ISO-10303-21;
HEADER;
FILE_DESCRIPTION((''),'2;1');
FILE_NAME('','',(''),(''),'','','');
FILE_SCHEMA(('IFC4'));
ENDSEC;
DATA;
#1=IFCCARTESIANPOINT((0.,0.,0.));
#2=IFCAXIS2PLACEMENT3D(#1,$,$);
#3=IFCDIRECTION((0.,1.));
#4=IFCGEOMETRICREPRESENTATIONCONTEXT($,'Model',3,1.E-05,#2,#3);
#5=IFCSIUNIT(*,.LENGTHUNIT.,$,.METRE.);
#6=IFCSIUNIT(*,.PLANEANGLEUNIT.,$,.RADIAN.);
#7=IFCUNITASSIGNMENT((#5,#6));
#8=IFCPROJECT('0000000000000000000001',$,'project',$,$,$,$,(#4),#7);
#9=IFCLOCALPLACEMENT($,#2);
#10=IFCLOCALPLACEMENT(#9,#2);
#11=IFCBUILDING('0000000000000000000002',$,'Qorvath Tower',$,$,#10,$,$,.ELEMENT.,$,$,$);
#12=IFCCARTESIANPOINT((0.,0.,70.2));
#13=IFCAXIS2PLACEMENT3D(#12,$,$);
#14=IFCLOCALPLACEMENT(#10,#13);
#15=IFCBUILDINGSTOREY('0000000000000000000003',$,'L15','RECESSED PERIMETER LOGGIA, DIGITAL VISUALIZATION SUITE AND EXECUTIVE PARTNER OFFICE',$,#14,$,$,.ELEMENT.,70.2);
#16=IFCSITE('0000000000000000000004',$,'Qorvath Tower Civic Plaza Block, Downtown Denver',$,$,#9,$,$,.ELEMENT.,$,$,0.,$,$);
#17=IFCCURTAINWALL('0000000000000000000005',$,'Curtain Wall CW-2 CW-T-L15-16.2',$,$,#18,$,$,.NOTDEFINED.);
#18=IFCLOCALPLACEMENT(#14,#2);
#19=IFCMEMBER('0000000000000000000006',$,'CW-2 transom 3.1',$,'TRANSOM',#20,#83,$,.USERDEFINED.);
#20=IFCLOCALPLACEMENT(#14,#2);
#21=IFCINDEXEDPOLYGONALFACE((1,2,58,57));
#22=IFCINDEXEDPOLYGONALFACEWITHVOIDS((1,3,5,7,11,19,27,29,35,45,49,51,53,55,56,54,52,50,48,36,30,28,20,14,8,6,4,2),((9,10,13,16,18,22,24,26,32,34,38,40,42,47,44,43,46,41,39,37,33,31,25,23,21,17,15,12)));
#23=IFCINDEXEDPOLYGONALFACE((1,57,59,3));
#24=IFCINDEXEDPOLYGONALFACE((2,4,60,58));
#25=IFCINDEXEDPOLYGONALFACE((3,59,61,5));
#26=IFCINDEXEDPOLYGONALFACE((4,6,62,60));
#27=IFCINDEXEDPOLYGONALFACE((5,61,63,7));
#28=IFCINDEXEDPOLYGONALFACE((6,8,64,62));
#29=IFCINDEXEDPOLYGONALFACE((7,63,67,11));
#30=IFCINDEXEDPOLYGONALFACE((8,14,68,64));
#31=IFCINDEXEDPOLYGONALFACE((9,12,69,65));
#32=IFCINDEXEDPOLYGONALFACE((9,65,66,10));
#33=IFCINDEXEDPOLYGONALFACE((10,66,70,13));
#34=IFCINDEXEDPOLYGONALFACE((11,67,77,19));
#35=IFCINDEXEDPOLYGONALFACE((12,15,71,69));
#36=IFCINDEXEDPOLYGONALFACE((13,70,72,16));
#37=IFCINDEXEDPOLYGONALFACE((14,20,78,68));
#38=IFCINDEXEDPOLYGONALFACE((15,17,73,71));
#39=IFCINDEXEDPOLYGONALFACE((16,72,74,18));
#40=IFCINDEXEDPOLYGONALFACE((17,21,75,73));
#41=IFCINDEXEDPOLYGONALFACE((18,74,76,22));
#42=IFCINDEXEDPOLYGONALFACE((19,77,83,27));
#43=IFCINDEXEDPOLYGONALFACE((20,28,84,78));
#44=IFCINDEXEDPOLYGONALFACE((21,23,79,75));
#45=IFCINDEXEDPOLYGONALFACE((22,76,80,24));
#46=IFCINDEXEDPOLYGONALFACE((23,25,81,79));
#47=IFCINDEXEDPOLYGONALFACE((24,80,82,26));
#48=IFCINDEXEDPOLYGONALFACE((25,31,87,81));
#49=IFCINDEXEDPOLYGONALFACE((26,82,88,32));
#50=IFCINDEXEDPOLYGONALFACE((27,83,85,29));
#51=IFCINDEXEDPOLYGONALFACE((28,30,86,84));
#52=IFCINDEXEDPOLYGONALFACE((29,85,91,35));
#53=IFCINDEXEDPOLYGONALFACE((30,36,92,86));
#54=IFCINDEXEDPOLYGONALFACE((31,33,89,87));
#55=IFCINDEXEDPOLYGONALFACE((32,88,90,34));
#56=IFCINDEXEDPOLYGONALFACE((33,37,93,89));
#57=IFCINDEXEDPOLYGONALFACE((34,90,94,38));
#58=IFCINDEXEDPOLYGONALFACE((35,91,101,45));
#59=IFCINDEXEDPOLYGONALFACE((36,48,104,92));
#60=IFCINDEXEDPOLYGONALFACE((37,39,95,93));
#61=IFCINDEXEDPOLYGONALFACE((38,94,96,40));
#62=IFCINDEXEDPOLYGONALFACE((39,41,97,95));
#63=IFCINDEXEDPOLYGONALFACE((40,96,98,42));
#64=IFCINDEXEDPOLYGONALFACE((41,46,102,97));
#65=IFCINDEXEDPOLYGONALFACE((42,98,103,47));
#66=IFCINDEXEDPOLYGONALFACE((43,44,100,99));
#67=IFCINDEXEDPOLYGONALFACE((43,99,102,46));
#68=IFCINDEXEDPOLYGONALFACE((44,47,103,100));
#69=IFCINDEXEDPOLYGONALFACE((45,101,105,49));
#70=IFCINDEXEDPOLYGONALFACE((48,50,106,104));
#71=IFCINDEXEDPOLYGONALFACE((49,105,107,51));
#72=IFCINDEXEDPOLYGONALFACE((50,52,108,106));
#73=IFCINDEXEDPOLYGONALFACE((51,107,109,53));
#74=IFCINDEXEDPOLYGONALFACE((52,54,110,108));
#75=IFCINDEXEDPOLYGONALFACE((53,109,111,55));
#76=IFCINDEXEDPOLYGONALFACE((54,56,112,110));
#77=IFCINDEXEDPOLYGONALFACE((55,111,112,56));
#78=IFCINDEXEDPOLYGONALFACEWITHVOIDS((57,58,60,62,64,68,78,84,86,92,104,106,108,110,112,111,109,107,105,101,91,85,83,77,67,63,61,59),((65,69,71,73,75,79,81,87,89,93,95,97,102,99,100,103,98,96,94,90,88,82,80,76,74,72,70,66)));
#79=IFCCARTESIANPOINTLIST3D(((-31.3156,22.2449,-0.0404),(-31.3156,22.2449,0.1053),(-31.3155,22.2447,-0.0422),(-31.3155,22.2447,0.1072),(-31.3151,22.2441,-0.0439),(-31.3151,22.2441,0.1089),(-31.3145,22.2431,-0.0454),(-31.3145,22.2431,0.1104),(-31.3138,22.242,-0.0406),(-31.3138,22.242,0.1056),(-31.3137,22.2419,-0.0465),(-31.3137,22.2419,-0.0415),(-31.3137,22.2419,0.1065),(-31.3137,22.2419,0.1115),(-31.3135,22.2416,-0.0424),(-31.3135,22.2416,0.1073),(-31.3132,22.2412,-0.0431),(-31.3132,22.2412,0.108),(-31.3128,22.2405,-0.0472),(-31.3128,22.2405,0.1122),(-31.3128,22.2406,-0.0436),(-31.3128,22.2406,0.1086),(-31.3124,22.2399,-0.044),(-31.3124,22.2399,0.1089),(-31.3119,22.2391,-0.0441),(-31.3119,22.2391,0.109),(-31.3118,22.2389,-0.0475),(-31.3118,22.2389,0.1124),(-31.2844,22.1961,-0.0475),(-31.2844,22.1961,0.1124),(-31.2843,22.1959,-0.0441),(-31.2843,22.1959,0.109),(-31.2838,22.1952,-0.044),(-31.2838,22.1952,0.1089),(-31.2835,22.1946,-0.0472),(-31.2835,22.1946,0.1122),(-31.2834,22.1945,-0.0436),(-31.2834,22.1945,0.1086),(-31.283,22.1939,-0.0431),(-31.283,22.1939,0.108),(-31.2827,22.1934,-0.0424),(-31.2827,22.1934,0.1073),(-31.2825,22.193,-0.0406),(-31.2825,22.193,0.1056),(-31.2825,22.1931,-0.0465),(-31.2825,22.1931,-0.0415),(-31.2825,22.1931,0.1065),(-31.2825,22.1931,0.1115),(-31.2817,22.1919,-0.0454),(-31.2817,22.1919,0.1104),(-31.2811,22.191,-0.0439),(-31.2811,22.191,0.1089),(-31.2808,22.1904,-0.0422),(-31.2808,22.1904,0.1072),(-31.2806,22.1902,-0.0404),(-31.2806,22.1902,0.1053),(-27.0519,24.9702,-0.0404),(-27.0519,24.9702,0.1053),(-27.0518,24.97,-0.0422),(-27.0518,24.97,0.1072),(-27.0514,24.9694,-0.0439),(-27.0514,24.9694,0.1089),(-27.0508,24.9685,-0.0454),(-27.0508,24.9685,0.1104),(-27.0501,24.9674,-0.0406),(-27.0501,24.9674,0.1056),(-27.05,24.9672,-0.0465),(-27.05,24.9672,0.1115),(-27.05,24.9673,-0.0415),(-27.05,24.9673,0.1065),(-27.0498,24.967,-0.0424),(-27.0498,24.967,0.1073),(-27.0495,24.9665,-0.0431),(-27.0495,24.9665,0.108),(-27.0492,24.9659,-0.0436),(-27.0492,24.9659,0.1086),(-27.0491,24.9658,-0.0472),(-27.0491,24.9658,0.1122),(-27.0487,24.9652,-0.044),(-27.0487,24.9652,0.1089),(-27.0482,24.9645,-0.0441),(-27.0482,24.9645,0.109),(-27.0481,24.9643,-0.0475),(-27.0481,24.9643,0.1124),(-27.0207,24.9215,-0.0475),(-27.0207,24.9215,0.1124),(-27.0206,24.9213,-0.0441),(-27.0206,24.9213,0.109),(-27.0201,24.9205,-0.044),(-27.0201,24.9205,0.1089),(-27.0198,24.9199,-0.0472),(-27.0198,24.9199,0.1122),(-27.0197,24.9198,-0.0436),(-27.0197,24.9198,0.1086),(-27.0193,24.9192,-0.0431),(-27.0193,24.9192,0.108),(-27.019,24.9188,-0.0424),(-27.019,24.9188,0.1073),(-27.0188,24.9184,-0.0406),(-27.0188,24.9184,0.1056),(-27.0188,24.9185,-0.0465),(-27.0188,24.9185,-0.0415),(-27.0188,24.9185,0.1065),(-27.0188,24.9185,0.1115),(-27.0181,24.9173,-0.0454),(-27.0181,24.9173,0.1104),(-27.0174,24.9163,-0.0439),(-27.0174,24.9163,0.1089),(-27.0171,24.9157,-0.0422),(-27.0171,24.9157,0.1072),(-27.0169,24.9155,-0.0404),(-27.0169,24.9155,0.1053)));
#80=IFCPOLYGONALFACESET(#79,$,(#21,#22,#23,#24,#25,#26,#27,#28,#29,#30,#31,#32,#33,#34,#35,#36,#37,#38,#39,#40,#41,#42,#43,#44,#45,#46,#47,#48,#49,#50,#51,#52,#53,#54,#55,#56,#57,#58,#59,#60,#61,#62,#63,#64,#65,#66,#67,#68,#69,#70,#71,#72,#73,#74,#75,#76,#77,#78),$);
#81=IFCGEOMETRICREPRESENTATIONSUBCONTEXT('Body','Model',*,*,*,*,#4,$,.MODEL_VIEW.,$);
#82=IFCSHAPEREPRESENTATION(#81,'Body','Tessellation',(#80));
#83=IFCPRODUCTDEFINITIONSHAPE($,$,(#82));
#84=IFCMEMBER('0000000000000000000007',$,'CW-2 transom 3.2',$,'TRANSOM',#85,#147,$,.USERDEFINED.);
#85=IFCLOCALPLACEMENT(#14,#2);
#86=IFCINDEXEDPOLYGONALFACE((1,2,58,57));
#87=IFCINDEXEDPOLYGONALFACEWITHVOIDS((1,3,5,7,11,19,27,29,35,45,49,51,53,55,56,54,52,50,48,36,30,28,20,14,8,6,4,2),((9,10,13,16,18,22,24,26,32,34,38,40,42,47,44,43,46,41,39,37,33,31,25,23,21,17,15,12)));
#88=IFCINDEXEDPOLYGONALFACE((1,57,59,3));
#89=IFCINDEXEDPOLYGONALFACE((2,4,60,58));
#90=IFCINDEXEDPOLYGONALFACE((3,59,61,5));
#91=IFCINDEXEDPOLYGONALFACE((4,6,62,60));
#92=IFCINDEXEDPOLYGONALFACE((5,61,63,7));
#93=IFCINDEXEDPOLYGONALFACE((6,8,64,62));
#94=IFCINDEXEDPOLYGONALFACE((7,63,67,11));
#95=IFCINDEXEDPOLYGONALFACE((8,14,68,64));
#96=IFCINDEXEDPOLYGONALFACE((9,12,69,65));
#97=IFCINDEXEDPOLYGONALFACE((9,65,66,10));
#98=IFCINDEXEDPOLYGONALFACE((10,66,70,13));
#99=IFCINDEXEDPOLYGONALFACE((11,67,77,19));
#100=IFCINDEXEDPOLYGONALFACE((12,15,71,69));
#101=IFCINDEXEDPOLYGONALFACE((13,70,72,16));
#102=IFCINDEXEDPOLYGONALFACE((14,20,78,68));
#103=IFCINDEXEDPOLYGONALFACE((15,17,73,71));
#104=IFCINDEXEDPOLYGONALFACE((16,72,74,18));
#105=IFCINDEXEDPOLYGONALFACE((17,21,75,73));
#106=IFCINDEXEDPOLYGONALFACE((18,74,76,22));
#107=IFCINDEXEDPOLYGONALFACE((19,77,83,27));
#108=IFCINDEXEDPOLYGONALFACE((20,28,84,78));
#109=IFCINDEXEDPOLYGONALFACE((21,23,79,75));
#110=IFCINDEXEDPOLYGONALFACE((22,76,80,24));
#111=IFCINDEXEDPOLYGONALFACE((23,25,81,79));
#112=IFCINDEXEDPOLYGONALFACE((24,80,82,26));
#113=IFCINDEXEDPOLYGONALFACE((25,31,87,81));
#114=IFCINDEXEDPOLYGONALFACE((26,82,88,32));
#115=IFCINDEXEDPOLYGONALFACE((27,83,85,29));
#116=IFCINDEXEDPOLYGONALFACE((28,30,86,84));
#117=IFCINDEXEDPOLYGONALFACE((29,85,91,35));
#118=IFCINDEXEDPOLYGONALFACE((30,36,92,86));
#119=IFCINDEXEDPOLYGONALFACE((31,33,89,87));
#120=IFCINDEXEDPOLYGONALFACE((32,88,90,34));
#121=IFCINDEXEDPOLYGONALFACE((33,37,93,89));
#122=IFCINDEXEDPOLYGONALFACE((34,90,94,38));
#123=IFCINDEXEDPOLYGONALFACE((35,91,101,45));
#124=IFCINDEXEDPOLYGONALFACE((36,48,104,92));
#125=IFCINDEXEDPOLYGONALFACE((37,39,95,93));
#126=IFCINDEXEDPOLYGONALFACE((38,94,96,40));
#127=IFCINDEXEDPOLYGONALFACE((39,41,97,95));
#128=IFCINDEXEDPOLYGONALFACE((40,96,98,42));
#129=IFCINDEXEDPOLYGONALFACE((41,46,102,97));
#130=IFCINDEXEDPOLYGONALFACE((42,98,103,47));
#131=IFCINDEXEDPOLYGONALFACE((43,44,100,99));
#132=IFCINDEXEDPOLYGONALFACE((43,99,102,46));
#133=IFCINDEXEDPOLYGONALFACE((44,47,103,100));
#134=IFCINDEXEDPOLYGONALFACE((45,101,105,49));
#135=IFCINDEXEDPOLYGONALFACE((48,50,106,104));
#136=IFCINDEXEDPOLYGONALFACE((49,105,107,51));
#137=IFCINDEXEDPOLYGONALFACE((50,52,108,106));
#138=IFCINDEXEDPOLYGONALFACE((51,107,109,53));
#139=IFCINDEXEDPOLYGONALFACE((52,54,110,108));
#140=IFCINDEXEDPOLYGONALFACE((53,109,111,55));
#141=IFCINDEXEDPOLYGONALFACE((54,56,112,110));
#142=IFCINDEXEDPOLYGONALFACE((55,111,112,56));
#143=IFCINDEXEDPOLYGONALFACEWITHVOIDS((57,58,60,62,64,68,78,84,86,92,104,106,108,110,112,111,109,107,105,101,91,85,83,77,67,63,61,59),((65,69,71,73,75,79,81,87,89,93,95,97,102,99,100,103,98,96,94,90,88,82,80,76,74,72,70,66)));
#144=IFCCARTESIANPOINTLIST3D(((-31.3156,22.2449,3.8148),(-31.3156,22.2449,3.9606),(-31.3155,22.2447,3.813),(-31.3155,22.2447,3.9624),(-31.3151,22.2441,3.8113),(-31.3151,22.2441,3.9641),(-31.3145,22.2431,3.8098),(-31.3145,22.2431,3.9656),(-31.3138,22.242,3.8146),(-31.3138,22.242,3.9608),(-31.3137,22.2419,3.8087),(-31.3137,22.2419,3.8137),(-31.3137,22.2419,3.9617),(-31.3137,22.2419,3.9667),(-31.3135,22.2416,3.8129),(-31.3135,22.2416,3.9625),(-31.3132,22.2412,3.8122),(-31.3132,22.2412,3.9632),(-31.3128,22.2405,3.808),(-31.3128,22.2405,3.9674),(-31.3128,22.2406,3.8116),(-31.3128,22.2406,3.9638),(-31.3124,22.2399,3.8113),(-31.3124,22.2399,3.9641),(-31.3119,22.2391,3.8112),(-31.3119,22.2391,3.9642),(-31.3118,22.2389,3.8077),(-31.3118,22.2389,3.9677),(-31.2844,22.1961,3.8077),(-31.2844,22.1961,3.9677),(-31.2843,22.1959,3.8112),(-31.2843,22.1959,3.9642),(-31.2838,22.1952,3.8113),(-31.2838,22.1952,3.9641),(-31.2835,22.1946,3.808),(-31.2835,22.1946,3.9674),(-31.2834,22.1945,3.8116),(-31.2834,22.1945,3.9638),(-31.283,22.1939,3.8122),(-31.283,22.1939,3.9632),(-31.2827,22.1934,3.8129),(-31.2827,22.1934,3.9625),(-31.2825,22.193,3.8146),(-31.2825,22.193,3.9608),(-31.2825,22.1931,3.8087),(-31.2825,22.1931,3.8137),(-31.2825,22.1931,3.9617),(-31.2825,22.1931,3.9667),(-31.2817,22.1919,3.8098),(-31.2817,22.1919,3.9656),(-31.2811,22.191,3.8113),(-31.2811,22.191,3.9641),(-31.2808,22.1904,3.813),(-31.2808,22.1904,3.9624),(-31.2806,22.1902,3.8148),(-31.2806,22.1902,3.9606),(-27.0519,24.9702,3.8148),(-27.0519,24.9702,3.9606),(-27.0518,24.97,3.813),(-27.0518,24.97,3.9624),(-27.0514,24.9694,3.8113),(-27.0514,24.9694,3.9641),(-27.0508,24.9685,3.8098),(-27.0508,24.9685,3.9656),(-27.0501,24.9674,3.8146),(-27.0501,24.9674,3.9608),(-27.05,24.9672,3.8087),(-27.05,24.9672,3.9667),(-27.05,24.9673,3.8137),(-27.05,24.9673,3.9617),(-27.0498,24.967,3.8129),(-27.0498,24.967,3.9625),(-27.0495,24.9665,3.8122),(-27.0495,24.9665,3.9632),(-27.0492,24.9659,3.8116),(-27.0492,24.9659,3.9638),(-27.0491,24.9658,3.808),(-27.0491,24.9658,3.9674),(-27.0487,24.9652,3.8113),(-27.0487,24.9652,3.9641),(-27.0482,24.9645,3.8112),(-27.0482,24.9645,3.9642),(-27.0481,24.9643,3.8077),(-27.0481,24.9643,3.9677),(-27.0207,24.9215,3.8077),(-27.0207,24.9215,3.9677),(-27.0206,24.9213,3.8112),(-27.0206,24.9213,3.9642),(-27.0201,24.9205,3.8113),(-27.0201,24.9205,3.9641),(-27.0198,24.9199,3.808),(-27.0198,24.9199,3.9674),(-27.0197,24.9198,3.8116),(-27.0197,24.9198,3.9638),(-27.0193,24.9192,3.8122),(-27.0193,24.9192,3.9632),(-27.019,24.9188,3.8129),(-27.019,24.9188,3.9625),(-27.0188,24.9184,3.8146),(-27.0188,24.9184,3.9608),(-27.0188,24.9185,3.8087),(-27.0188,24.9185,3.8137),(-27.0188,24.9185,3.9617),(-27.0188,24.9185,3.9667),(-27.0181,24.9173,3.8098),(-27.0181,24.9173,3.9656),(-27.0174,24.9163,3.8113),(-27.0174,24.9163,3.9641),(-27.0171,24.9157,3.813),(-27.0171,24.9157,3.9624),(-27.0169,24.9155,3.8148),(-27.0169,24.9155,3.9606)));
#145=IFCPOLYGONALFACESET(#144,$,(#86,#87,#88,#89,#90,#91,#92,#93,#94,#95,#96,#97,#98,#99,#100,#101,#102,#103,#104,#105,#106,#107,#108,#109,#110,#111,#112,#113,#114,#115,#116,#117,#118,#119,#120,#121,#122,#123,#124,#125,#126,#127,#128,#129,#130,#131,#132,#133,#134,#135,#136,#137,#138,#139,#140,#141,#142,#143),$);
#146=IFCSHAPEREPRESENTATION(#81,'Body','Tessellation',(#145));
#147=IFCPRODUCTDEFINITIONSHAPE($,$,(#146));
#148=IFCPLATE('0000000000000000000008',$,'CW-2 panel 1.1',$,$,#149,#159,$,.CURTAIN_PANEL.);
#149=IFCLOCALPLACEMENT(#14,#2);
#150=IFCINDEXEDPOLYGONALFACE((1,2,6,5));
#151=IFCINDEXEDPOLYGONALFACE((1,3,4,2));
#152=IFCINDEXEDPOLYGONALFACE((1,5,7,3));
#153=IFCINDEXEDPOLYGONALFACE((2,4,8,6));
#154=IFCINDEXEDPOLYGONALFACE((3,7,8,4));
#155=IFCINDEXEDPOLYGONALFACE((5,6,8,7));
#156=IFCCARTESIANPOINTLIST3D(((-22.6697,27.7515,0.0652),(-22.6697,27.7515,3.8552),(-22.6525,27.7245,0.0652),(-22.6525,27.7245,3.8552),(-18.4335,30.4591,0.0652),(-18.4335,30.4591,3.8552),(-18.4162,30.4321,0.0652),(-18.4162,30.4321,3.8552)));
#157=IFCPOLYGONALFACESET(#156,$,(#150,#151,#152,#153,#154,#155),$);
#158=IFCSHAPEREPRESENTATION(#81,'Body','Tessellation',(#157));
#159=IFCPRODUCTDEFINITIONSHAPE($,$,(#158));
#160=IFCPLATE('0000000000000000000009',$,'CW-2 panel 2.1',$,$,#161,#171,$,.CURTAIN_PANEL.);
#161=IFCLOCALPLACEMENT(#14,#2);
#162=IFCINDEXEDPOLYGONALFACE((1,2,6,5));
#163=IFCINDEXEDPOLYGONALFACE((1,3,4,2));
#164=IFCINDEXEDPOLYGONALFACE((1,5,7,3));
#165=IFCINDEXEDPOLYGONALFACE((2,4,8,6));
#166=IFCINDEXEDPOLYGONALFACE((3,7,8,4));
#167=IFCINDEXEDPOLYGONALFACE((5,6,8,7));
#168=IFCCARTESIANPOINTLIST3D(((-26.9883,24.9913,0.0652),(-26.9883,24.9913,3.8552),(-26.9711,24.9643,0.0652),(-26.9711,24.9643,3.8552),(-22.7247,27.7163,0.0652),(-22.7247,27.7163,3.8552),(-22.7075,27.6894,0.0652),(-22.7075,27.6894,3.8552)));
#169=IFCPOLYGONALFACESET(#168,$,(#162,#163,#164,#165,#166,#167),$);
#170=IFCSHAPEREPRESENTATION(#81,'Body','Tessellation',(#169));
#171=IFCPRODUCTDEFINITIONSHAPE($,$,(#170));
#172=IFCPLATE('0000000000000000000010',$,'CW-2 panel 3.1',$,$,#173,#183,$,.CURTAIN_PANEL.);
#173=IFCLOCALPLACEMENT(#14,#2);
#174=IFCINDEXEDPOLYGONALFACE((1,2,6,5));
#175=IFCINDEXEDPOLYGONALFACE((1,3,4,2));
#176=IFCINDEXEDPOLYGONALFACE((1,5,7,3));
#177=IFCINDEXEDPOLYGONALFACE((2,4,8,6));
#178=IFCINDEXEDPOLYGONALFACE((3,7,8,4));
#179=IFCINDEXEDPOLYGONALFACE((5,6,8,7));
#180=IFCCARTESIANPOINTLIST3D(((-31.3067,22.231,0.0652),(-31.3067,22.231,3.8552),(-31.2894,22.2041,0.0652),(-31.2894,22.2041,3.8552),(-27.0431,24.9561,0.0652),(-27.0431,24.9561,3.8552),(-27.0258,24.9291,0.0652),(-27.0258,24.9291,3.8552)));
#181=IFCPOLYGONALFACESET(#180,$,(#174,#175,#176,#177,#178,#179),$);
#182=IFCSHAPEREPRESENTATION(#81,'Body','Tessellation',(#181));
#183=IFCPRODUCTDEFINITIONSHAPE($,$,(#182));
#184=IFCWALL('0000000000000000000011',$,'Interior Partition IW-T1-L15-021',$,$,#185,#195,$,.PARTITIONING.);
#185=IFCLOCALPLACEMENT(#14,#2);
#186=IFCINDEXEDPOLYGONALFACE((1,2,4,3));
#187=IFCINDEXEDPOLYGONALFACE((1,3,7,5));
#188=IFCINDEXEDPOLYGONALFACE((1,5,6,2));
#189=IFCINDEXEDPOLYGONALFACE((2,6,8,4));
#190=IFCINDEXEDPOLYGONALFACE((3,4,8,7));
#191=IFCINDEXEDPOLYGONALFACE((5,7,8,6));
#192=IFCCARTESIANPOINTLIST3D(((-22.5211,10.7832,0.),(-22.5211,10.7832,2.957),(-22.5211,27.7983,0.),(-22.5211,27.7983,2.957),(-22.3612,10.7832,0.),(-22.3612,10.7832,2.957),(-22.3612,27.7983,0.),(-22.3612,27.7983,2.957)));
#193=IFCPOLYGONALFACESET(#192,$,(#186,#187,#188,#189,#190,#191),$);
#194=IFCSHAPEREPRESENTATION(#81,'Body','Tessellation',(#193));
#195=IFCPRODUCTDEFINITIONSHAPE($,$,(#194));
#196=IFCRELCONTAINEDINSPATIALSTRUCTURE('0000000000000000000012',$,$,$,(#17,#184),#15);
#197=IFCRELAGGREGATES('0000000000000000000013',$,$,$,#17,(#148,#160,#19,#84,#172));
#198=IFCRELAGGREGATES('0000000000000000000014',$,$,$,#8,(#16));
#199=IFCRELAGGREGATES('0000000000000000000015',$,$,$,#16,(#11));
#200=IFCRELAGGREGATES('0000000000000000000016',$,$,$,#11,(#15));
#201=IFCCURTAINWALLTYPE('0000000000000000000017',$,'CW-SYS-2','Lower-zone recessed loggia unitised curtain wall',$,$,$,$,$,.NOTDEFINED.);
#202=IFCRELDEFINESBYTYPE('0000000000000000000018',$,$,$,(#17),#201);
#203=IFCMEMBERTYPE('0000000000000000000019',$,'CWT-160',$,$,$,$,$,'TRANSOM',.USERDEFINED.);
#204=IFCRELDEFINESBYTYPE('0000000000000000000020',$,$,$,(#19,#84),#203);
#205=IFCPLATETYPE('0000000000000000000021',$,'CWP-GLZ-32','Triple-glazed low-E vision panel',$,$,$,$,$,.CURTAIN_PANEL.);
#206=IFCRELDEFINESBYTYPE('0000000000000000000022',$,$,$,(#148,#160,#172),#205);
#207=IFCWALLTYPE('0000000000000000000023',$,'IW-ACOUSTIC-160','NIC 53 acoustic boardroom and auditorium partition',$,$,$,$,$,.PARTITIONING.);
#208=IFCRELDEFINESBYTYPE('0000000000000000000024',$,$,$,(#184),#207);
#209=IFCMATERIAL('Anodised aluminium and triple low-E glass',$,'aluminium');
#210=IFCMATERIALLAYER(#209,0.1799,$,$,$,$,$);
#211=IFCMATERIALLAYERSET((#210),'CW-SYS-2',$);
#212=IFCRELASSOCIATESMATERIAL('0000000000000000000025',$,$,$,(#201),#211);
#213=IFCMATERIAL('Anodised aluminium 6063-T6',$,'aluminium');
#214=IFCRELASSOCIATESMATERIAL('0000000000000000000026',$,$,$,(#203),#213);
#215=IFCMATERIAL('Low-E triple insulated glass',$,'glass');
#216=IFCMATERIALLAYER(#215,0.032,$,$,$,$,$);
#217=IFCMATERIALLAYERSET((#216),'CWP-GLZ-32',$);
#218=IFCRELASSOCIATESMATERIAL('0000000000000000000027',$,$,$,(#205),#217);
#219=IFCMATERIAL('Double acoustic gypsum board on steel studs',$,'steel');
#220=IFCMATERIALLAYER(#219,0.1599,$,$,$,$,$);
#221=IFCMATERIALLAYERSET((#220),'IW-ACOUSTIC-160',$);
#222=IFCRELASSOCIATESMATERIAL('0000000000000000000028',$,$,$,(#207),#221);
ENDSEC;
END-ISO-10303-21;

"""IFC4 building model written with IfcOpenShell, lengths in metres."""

from ifc_helpers import new_model, si_unit, direction, frame, frame_2d, origin, origin_2d, place, context, subcontext, project, spatial, rectangle, hollow_rectangle, extrude, material, layer, layer_set, material_profile, profile_set, type_object, element, aggregate, save


model = new_model("IFC4")

# Units and contexts
model_context = context("Model", 3, precision=1e-05, world=origin(), true_north=direction((0.0, 1.0)))
body_context = subcontext(model_context, "Body", "Model", "MODEL_VIEW")
ifc_project = project(units=[si_unit("LENGTHUNIT", "METRE"), si_unit("PLANEANGLEUNIT", "RADIAN")], contexts=[model_context])

# Site, building, storey
site_placement = place(None, origin())
site = spatial("IfcSite", under=ifc_project, at=site_placement, Name="Qorvath Tower Civic Plaza Block, Downtown Denver", CompositionType="ELEMENT", RefElevation=0.0)
building_placement = place(site_placement, origin())
building = spatial("IfcBuilding", under=site, at=building_placement, Name="Qorvath Tower", CompositionType="ELEMENT")
storey_placement = place(building_placement, frame((0.0, 0.0, 70.2)))
storey = spatial("IfcBuildingStorey", under=building, at=storey_placement, Name="L15", Description="RECESSED PERIMETER LOGGIA, DIGITAL VISUALIZATION SUITE AND EXECUTIVE PARTNER OFFICE", CompositionType="ELEMENT", Elevation=70.2)

# Curtain wall, members, plates
ifc_material_1 = material(Name="Anodised aluminium and triple low-E glass", Category="aluminium")
ifc_layer_1 = layer(ifc_material_1, 0.1799)
ifc_layer_set_1 = layer_set([ifc_layer_1], Name="CW-SYS-2")
curtain_wall_type = type_object("IfcCurtainWallType", Name="CW-SYS-2", Description="Lower-zone recessed loggia unitised curtain wall", PredefinedType="NOTDEFINED", material=ifc_layer_set_1)
curtain_wall_placement = place(storey_placement, origin())
curtain_wall = element("IfcCurtainWall", 1, at=curtain_wall_placement, inside=storey, type_object=curtain_wall_type, Name="Curtain Wall CW-2 CW-T-L15-16.2", PredefinedType="NOTDEFINED")
ifc_material_2 = material(Name="Anodised aluminium 6063-T6", Category="aluminium")
ifc_material_profile_1 = material_profile(ifc_material_2, hollow_rectangle(XDim=0.0649, YDim=0.1599, WallThickness=0.0034, InnerFilletRadius=0.0034, OuterFilletRadius=0.0071, at=origin_2d()), Name="CWT 160x65")
ifc_profile_set_1 = profile_set([ifc_material_profile_1], Name="Anodised aluminium 6063-T6")
member_type_1 = type_object("IfcMemberType", Name="CWT-160", ElementType="TRANSOM", PredefinedType="USERDEFINED", material=ifc_profile_set_1)
member_1_placement = place(storey_placement, frame((-27.0344, 24.9429, 0.0325), z_axis=(-0.842577, -0.538576, 0.0), x_axis=(0.538576, -0.842577, 0.0)))
member_1 = element("IfcMember", 2, at=member_1_placement, type_object=member_type_1, Name="CW-2 transom 3.1", ObjectType="TRANSOM", PredefinedType="USERDEFINED", context=body_context, shape_type="SweptSolid", body=[
    extrude(hollow_rectangle(XDim=0.0649, YDim=0.1599, WallThickness=0.0034, InnerFilletRadius=0.0034, OuterFilletRadius=0.0071, at=origin_2d()), origin(), (0.0, 0.0, 1.0), 5.0603),
])
member_2_placement = place(storey_placement, frame((-27.0344, 24.9429, 3.8877), z_axis=(-0.842577, -0.538576, 0.0), x_axis=(0.538576, -0.842577, 0.0)))
member_2 = element("IfcMember", 3, at=member_2_placement, type_object=member_type_1, Name="CW-2 transom 3.2", ObjectType="TRANSOM", PredefinedType="USERDEFINED", context=body_context, shape_type="SweptSolid", body=[
    extrude(hollow_rectangle(XDim=0.0649, YDim=0.1599, WallThickness=0.0034, InnerFilletRadius=0.0034, OuterFilletRadius=0.0071, at=origin_2d()), origin(), (0.0, 0.0, 1.0), 5.0603),
])
ifc_material_3 = material(Name="Low-E triple insulated glass", Category="glass")
ifc_layer_2 = layer(ifc_material_3, 0.032)
ifc_layer_set_2 = layer_set([ifc_layer_2], Name="CWP-GLZ-32")
plate_type = type_object("IfcPlateType", Name="CWP-GLZ-32", Description="Triple-glazed low-E vision panel", PredefinedType="CURTAIN_PANEL", material=ifc_layer_set_2)
plate_1_placement = place(storey_placement, frame((-20.543, 29.0918, 0.0652), z_axis=(0.0, 0.0, 1.0), x_axis=(-0.842599, -0.538542, 0.0)))
plate_1 = element("IfcPlate", 4, at=plate_1_placement, type_object=plate_type, Name="CW-2 panel 1.1", PredefinedType="CURTAIN_PANEL", context=body_context, shape_type="SweptSolid", body=[
    extrude(rectangle(XDim=5.0276, YDim=0.032, at=origin_2d()), origin(), (0.0, 0.0, 1.0), 3.79),
])
plate_2_placement = place(storey_placement, frame((-24.8479, 26.3403, 0.0652), z_axis=(0.0, 0.0, 1.0), x_axis=(-0.842599, -0.538542, 0.0)))
plate_2 = element("IfcPlate", 5, at=plate_2_placement, type_object=plate_type, Name="CW-2 panel 2.1", PredefinedType="CURTAIN_PANEL", context=body_context, shape_type="SweptSolid", body=[
    extrude(rectangle(XDim=5.0601, YDim=0.032, at=origin_2d()), origin(), (0.0, 0.0, 1.0), 3.79),
])
plate_3_placement = place(storey_placement, frame((-29.1663, 23.5801, 0.0652), z_axis=(0.0, 0.0, 1.0), x_axis=(-0.842599, -0.538542, 0.0)))
plate_3 = element("IfcPlate", 6, at=plate_3_placement, type_object=plate_type, Name="CW-2 panel 3.1", PredefinedType="CURTAIN_PANEL", context=body_context, shape_type="SweptSolid", body=[
    extrude(rectangle(XDim=5.0601, YDim=0.032, at=origin_2d()), origin(), (0.0, 0.0, 1.0), 3.79),
])
aggregate(curtain_wall, [plate_1, plate_2, member_1, member_2, plate_3])

# Wall
ifc_material_4 = material(Name="Double acoustic gypsum board on steel studs", Category="steel")
ifc_layer_3 = layer(ifc_material_4, 0.1599)
ifc_layer_set_3 = layer_set([ifc_layer_3], Name="IW-ACOUSTIC-160")
wall_type_1 = type_object("IfcWallType", Name="IW-ACOUSTIC-160", Description="NIC 53 acoustic boardroom and auditorium partition", PredefinedType="PARTITIONING", material=ifc_layer_set_3)
wall_1_placement = place(storey_placement, frame((-22.4412, 10.7832, 0.0), z_axis=(0.0, 0.0, 1.0), x_axis=(0.0, 1.0, 0.0)))
element("IfcWall", 7, at=wall_1_placement, inside=storey, type_object=wall_type_1, Name="Interior Partition IW-T1-L15-021", PredefinedType="PARTITIONING", context=body_context, shape_type="SweptSolid", body=[
    extrude(rectangle(XDim=17.0151, YDim=0.1599, at=frame_2d((8.5076, 0.0))), origin(), (0.0, 0.0, 1.0), 2.957),
])

save(model, "model.ifc")
